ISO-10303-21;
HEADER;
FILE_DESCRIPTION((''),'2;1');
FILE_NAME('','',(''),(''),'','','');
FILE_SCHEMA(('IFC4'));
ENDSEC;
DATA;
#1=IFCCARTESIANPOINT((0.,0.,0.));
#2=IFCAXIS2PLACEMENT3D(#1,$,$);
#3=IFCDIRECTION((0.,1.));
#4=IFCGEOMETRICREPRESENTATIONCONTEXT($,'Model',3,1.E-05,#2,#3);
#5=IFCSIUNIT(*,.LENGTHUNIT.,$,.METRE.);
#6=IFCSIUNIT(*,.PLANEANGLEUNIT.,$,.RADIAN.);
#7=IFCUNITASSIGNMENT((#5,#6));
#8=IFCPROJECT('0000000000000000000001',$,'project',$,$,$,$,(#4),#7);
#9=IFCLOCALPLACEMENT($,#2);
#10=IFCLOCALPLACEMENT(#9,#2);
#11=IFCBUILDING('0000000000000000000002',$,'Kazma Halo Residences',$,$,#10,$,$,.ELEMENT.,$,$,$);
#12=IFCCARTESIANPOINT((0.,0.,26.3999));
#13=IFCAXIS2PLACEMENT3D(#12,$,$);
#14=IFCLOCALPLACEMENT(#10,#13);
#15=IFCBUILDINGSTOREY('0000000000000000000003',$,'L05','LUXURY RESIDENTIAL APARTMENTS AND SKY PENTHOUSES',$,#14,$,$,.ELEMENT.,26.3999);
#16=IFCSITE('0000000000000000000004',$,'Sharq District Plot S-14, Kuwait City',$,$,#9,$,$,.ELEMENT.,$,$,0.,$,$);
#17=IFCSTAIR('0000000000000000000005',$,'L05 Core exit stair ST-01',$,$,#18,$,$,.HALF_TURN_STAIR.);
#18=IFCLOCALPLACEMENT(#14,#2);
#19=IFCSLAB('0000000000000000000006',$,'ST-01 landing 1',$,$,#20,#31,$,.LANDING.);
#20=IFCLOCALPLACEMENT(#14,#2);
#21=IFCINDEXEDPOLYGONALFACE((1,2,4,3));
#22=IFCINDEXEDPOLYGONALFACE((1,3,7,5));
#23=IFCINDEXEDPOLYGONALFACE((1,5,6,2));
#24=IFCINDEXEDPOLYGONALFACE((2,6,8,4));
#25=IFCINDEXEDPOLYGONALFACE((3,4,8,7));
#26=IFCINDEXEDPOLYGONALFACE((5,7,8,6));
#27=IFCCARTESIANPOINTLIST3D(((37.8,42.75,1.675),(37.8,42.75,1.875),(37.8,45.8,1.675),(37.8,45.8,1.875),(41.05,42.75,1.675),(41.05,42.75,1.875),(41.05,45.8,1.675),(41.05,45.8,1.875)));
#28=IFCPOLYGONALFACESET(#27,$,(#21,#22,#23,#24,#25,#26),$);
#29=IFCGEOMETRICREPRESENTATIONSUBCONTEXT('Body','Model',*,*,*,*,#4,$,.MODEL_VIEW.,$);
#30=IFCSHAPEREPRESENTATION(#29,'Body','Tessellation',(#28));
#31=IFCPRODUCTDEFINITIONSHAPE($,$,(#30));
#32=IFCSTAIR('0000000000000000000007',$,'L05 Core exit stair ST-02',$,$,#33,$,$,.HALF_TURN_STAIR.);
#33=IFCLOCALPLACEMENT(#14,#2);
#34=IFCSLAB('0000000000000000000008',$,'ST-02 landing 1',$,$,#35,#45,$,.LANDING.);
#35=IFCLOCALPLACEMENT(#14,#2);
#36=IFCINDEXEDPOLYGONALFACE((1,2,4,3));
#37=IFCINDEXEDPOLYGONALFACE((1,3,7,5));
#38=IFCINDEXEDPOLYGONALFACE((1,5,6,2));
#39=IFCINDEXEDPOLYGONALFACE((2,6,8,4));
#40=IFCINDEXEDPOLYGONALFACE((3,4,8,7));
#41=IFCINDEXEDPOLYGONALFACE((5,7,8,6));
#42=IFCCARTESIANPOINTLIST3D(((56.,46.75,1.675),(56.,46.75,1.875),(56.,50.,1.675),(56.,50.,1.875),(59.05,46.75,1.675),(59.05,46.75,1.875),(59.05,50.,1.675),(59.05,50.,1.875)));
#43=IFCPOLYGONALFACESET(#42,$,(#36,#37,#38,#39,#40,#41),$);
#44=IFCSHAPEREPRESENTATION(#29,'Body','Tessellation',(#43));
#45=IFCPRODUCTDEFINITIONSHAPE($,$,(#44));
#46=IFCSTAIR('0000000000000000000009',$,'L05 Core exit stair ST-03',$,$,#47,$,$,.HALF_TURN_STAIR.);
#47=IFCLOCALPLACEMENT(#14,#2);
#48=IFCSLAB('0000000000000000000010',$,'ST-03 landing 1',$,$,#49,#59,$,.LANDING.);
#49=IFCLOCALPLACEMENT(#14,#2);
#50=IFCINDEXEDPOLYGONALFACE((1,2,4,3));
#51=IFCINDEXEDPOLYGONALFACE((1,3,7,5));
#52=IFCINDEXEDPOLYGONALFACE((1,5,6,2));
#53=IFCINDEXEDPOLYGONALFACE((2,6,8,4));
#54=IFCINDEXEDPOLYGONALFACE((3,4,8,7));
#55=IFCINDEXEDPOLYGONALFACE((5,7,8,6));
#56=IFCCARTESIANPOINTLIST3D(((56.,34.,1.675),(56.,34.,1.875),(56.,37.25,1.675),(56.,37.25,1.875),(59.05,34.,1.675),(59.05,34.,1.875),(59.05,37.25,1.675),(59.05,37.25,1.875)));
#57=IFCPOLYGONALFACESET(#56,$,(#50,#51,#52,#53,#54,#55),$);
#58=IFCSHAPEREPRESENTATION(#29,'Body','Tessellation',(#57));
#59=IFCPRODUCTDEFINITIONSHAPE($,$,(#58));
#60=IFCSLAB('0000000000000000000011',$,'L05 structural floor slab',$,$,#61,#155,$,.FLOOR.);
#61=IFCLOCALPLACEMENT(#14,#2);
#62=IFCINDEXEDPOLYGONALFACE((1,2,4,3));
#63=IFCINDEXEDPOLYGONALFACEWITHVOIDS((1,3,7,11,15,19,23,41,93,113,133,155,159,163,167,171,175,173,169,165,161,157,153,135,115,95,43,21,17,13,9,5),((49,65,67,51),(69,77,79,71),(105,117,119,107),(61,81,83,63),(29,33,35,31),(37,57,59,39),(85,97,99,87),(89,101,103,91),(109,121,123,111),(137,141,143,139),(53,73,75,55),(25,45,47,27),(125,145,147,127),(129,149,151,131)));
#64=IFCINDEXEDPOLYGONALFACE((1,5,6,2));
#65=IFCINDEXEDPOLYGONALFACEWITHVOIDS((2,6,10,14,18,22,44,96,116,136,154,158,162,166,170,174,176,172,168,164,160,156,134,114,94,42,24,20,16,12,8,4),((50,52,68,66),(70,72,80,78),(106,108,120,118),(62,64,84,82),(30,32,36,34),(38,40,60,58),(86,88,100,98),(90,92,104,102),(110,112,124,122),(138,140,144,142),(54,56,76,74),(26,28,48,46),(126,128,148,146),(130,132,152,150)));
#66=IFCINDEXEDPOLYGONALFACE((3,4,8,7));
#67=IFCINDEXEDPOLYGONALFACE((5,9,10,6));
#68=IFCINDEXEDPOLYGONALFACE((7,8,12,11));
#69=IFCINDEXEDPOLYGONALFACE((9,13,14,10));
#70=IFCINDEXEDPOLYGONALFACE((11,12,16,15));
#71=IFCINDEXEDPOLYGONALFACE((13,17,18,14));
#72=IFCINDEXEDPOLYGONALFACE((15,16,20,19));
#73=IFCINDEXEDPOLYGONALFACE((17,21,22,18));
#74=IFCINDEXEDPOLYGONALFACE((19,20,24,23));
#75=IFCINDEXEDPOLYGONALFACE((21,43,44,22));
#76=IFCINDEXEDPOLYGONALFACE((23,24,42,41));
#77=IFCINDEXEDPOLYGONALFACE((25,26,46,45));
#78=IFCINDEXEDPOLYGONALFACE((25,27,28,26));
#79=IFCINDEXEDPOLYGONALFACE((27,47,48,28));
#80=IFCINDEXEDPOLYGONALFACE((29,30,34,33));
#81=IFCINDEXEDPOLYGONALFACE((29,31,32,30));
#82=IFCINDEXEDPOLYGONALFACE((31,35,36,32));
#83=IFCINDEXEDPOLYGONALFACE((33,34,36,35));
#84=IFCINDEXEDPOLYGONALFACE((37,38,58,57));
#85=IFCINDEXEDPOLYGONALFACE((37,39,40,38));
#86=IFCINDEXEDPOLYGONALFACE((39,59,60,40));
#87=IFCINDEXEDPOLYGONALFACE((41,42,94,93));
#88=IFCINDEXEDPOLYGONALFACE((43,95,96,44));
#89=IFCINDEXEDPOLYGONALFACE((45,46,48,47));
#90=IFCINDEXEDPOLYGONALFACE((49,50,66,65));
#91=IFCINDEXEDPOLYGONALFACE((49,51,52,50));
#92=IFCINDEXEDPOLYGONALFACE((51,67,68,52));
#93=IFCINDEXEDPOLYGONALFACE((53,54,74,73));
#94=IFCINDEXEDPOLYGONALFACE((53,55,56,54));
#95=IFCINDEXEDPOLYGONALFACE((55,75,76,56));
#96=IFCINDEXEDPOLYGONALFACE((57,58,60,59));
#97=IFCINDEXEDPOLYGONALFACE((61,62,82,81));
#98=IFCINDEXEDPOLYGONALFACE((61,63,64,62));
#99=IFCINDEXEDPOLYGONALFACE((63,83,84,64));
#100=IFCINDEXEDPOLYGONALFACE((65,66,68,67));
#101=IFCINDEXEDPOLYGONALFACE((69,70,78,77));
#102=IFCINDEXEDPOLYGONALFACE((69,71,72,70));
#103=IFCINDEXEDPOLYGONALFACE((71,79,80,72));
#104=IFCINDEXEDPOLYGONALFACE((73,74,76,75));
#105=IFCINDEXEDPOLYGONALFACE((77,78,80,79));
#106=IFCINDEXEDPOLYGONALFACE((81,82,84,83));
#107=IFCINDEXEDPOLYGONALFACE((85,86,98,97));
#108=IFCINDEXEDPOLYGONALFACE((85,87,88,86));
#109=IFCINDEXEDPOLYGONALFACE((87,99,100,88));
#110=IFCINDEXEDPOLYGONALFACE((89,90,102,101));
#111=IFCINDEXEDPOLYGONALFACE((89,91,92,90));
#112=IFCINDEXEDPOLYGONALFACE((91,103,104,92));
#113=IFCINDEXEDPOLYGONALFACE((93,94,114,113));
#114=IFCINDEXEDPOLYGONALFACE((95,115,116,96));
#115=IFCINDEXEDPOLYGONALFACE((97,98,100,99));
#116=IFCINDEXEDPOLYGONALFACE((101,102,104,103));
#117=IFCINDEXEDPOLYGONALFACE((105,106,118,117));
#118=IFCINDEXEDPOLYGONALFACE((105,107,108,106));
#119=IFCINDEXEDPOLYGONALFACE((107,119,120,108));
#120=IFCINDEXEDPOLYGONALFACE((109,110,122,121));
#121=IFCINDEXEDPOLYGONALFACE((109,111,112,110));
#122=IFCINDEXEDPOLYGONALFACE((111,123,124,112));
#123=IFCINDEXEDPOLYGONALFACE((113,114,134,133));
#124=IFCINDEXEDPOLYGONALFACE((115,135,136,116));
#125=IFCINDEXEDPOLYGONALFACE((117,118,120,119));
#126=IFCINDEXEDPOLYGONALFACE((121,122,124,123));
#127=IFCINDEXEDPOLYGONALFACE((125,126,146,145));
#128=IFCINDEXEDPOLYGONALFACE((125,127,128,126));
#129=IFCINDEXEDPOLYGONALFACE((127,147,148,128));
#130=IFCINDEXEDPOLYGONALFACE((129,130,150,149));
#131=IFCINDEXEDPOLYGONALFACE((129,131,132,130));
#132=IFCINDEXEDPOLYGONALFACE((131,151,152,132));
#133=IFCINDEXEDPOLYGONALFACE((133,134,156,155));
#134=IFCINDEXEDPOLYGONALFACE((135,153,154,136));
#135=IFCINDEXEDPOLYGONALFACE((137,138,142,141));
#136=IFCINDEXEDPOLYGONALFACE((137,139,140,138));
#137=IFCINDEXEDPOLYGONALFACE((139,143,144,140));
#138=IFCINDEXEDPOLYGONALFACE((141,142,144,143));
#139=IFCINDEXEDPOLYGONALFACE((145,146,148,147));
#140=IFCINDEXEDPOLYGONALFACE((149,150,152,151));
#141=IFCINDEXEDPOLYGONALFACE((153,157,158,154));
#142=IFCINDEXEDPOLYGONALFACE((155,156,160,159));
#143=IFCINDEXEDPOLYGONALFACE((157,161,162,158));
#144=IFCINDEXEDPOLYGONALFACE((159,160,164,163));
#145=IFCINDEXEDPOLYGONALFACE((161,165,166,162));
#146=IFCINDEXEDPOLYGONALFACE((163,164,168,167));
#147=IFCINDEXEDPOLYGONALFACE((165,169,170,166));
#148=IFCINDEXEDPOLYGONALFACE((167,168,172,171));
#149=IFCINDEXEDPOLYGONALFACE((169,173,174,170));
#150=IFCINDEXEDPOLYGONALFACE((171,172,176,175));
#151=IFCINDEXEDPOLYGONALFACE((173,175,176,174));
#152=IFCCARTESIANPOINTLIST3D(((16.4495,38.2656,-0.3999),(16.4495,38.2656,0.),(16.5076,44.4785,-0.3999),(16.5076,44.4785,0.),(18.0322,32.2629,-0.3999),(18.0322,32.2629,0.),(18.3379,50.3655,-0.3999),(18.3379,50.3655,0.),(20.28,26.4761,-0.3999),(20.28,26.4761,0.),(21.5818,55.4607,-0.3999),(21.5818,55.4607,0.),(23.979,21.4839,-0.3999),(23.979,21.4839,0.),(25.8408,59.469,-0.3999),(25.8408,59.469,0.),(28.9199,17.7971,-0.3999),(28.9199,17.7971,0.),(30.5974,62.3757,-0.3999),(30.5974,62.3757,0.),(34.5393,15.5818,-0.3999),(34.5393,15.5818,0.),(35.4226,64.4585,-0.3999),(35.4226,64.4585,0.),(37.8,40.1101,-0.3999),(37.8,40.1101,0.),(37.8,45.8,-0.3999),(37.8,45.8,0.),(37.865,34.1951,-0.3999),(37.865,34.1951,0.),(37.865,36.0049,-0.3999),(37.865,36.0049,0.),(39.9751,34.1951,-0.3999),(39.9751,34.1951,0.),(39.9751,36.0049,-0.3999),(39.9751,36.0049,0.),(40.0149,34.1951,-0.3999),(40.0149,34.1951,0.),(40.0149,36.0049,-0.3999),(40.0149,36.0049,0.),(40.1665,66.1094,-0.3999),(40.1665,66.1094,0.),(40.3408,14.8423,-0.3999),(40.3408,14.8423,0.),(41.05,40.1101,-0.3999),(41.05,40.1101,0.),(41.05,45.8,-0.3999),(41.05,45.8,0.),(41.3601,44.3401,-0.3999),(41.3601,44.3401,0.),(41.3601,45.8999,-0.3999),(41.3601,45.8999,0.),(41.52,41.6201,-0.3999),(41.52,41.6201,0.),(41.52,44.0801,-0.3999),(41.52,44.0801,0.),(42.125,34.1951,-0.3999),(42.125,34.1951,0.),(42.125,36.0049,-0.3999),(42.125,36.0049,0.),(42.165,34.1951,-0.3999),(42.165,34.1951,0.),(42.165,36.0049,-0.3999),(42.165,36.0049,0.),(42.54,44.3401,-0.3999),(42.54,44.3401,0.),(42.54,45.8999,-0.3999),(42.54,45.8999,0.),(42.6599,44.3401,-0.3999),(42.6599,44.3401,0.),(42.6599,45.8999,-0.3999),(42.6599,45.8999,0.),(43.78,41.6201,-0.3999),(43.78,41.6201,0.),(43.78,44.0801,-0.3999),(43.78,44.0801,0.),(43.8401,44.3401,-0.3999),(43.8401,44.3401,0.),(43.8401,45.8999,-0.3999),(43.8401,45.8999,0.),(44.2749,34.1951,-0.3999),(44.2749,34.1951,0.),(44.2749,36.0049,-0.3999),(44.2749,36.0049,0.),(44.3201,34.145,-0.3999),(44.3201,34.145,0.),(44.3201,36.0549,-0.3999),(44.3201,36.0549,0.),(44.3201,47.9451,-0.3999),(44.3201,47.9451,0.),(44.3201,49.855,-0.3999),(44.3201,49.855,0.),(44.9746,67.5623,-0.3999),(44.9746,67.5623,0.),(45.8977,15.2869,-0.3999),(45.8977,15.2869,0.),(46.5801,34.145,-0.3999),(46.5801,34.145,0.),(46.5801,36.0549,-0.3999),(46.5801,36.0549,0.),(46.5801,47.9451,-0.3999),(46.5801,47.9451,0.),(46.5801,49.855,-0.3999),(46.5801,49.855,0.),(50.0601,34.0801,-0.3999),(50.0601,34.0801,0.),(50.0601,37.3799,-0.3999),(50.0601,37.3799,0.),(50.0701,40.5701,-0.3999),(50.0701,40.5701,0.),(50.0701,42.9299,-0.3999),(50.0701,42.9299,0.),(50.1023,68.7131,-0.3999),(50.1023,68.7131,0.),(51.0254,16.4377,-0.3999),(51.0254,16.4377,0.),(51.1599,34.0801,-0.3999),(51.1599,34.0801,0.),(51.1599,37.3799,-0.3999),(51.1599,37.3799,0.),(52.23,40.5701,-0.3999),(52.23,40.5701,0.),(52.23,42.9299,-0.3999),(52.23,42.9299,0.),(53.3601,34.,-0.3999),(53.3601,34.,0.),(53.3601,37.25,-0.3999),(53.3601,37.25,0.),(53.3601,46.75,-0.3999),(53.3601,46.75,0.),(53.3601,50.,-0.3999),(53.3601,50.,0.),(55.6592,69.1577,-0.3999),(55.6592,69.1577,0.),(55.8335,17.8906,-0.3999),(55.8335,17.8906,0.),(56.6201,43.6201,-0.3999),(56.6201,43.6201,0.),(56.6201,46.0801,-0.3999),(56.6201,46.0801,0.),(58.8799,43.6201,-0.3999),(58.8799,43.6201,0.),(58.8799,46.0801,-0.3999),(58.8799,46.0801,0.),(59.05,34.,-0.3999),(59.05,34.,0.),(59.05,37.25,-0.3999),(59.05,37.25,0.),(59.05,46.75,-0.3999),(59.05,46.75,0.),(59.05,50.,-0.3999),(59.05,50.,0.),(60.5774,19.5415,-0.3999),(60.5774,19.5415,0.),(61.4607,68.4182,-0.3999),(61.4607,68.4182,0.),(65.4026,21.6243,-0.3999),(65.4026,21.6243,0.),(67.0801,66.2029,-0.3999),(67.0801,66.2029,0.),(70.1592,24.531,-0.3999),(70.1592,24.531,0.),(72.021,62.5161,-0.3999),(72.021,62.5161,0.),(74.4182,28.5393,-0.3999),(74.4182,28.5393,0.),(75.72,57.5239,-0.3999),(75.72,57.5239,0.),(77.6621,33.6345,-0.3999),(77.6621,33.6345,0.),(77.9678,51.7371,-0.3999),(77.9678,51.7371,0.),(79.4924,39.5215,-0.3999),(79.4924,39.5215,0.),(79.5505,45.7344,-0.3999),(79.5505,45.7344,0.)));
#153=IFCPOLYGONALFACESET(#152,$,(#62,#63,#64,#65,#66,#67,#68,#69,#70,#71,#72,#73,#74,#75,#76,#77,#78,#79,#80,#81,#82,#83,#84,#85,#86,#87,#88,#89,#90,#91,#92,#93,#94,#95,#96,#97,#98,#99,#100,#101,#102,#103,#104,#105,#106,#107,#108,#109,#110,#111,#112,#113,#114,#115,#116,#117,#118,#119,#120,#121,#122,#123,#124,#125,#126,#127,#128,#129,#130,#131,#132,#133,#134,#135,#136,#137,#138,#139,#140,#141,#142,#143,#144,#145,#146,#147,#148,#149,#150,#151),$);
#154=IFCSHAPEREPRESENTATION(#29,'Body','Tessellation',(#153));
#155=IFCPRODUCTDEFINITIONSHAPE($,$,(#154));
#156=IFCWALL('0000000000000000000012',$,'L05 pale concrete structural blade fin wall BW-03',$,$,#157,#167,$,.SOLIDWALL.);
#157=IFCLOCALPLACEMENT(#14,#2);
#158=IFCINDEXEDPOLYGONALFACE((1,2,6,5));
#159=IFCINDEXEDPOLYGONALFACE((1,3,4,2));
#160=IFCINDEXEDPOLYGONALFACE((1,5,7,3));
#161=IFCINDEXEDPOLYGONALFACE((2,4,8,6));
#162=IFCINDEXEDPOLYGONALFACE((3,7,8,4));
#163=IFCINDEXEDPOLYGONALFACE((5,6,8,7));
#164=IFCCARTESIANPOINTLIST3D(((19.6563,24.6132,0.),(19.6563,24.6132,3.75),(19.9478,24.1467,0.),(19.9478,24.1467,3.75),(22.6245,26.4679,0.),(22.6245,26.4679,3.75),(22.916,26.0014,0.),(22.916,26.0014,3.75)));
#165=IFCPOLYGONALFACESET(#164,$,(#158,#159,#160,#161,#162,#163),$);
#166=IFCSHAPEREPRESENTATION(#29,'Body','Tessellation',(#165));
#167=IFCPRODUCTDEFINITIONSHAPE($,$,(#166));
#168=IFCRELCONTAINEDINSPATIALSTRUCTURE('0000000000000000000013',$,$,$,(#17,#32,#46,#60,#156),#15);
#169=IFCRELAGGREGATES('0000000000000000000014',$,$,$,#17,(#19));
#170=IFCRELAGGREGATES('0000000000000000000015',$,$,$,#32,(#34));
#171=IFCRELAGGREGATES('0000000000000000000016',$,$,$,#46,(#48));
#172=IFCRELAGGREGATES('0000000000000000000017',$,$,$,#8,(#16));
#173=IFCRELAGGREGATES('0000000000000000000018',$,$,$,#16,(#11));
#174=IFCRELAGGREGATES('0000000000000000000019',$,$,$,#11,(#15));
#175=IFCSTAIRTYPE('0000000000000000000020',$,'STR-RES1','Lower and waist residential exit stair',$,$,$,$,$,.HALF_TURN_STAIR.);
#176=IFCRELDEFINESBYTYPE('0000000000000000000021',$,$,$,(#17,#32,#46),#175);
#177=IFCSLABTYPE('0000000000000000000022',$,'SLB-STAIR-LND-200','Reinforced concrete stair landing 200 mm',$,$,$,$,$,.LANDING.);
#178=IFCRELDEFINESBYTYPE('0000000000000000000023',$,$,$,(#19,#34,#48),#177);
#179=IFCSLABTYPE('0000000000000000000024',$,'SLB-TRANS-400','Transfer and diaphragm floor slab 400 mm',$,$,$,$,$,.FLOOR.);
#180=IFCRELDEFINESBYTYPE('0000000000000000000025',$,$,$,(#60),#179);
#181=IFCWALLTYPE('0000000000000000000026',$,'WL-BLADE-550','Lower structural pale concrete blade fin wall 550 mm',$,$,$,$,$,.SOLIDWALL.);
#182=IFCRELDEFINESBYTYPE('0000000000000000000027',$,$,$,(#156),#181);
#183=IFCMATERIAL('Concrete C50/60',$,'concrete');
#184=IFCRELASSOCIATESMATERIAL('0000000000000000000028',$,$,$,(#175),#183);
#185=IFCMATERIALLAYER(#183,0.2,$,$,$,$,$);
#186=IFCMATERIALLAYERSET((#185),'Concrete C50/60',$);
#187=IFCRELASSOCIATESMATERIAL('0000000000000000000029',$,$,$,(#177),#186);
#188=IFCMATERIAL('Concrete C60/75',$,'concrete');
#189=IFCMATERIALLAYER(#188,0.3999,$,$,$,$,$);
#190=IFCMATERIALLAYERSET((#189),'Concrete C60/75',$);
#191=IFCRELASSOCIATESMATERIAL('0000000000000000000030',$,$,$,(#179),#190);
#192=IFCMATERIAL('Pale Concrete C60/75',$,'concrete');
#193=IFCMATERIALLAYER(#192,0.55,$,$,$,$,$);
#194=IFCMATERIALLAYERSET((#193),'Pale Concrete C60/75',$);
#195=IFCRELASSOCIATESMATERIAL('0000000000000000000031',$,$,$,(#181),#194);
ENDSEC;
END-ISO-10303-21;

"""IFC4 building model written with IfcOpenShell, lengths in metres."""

from ifc_helpers import new_model, si_unit, direction, frame, frame_2d, origin, place, context, subcontext, project, spatial, polyline, rectangle, outline, extrude, material, layer, layer_set, type_object, element, aggregate, save


model = new_model("IFC4")

# Units and contexts
model_context = context("Model", 3, precision=1e-05, world=origin(), true_north=direction((0.0, 1.0)))
body_context = subcontext(model_context, "Body", "Model", "MODEL_VIEW")
ifc_project = project(units=[si_unit("LENGTHUNIT", "METRE"), si_unit("PLANEANGLEUNIT", "RADIAN")], contexts=[model_context])

# Site, building, storey
site_placement = place(None, origin())
site = spatial("IfcSite", under=ifc_project, at=site_placement, Name="Sharq District Plot S-14, Kuwait City", CompositionType="ELEMENT", RefElevation=0.0)
building_placement = place(site_placement, origin())
building = spatial("IfcBuilding", under=site, at=building_placement, Name="Kazma Halo Residences", CompositionType="ELEMENT")
storey_placement = place(building_placement, frame((0.0, 0.0, 26.3999)))
storey = spatial("IfcBuildingStorey", under=building, at=storey_placement, Name="L05", Description="LUXURY RESIDENTIAL APARTMENTS AND SKY PENTHOUSES", CompositionType="ELEMENT", Elevation=26.3999)

# Shared definitions
ifc_material_1 = material(Name="Concrete C50/60", Category="concrete")

# Stairs, slabs
stair_type = type_object("IfcStairType", Name="STR-RES1", Description="Lower and waist residential exit stair", PredefinedType="HALF_TURN_STAIR", material=ifc_material_1)
stair_1_placement = place(storey_placement, origin())
stair_1 = element("IfcStair", 1, at=stair_1_placement, inside=storey, type_object=stair_type, Name="L05 Core exit stair ST-01", PredefinedType="HALF_TURN_STAIR")
ifc_layer_1 = layer(ifc_material_1, 0.2)
ifc_layer_set_1 = layer_set([ifc_layer_1], Name="Concrete C50/60")
slab_type_1 = type_object("IfcSlabType", Name="SLB-STAIR-LND-200", Description="Reinforced concrete stair landing 200 mm", PredefinedType="LANDING", material=ifc_layer_set_1)
slab_1_placement = place(storey_placement, frame((0.0, 0.0, 1.675)))
slab_1 = element("IfcSlab", 2, at=slab_1_placement, type_object=slab_type_1, Name="ST-01 landing 1", PredefinedType="LANDING", context=body_context, shape_type="SweptSolid", body=[
    extrude(outline(polyline([(41.05, 42.75), (41.05, 45.8), (37.8, 45.8), (37.8, 42.75), (41.05, 42.75)])), origin(), (0.0, 0.0, 1.0), 0.2),
])
aggregate(stair_1, [slab_1])
stair_2_placement = place(storey_placement, origin())
stair_2 = element("IfcStair", 3, at=stair_2_placement, inside=storey, type_object=stair_type, Name="L05 Core exit stair ST-02", PredefinedType="HALF_TURN_STAIR")
slab_2_placement = place(storey_placement, frame((0.0, 0.0, 1.675)))
slab_2 = element("IfcSlab", 4, at=slab_2_placement, type_object=slab_type_1, Name="ST-02 landing 1", PredefinedType="LANDING", context=body_context, shape_type="SweptSolid", body=[
    extrude(outline(polyline([(56.0, 46.75), (59.05, 46.75), (59.05, 50.0), (56.0, 50.0), (56.0, 46.75)])), origin(), (0.0, 0.0, 1.0), 0.2),
])
aggregate(stair_2, [slab_2])
stair_3_placement = place(storey_placement, origin())
stair_3 = element("IfcStair", 5, at=stair_3_placement, inside=storey, type_object=stair_type, Name="L05 Core exit stair ST-03", PredefinedType="HALF_TURN_STAIR")
slab_3_placement = place(storey_placement, frame((0.0, 0.0, 1.675)))
slab_3 = element("IfcSlab", 6, at=slab_3_placement, type_object=slab_type_1, Name="ST-03 landing 1", PredefinedType="LANDING", context=body_context, shape_type="SweptSolid", body=[
    extrude(outline(polyline([(56.0, 34.0), (59.05, 34.0), (59.05, 37.25), (56.0, 37.25), (56.0, 34.0)])), origin(), (0.0, 0.0, 1.0), 0.2),
])
aggregate(stair_3, [slab_3])

# Slab
ifc_material_2 = material(Name="Concrete C60/75", Category="concrete")
ifc_layer_2 = layer(ifc_material_2, 0.3999)
ifc_layer_set_2 = layer_set([ifc_layer_2], Name="Concrete C60/75")
slab_type_2 = type_object("IfcSlabType", Name="SLB-TRANS-400", Description="Transfer and diaphragm floor slab 400 mm", PredefinedType="FLOOR", material=ifc_layer_set_2)
slab_4_placement = place(storey_placement, frame((0.0, 0.0, -0.3999)))
element("IfcSlab", 7, at=slab_4_placement, inside=storey, type_object=slab_type_2, Name="L05 structural floor slab", PredefinedType="FLOOR", context=body_context, shape_type="SweptSolid", body=[
    extrude(outline(polyline([(77.9678, 51.7371), (75.72, 57.5239), (72.021, 62.5161), (67.0801, 66.2029), (61.4607, 68.4182), (55.6592, 69.1577), (50.1023, 68.7131), (44.9746, 67.5623), (40.1665, 66.1094), (35.4226, 64.4585), (30.5974, 62.3757), (25.8408, 59.469), (21.5818, 55.4607), (18.3379, 50.3655), (16.5076, 44.4785), (16.4495, 38.2656), (18.0322, 32.2629), (20.28, 26.4761), (23.979, 21.4839), (28.9199, 17.7971), (34.5393, 15.5818), (40.3408, 14.8423), (45.8977, 15.2869), (51.0254, 16.4377), (55.8335, 17.8906), (60.5774, 19.5415), (65.4026, 21.6243), (70.1592, 24.531), (74.4182, 28.5393), (77.6621, 33.6345), (79.4924, 39.5215), (79.5505, 45.7344), (77.9678, 51.7371)]), holes=[polyline([(37.8, 40.1101), (41.05, 40.1101), (41.05, 45.8), (37.8, 45.8), (37.8, 40.1101)]), polyline([(53.3601, 46.75), (59.05, 46.75), (59.05, 50.0), (53.3601, 50.0), (53.3601, 46.75)]), polyline([(53.3601, 34.0), (59.05, 34.0), (59.05, 37.25), (53.3601, 37.25), (53.3601, 34.0)]), polyline([(41.52, 41.6201), (43.78, 41.6201), (43.78, 44.0801), (41.52, 44.0801), (41.52, 41.6201)]), polyline([(56.6201, 43.6201), (58.8799, 43.6201), (58.8799, 46.0801), (56.6201, 46.0801), (56.6201, 43.6201)]), polyline([(37.865, 34.1951), (39.9751, 34.1951), (39.9751, 36.0049), (37.865, 36.0049), (37.865, 34.1951)]), polyline([(40.0149, 34.1951), (42.125, 34.1951), (42.125, 36.0049), (40.0149, 36.0049), (40.0149, 34.1951)]), polyline([(42.165, 34.1951), (44.2749, 34.1951), (44.2749, 36.0049), (42.165, 36.0049), (42.165, 34.1951)]), polyline([(44.3201, 47.9451), (46.5801, 47.9451), (46.5801, 49.855), (44.3201, 49.855), (44.3201, 47.9451)]), polyline([(44.3201, 34.145), (46.5801, 34.145), (46.5801, 36.0549), (44.3201, 36.0549), (44.3201, 34.145)]), polyline([(50.0701, 40.5701), (52.23, 40.5701), (52.23, 42.9299), (50.0701, 42.9299), (50.0701, 40.5701)]), polyline([(41.3601, 44.3401), (42.54, 44.3401), (42.54, 45.8999), (41.3601, 45.8999), (41.3601, 44.3401)]), polyline([(42.6599, 44.3401), (43.8401, 44.3401), (43.8401, 45.8999), (42.6599, 45.8999), (42.6599, 44.3401)]), polyline([(50.0601, 34.0801), (51.1599, 34.0801), (51.1599, 37.3799), (50.0601, 37.3799), (50.0601, 34.0801)])]), origin(), (0.0, 0.0, 1.0), 0.3999),
])

# Wall
ifc_material_3 = material(Name="Pale Concrete C60/75", Category="concrete")
ifc_layer_3 = layer(ifc_material_3, 0.55)
ifc_layer_set_3 = layer_set([ifc_layer_3], Name="Pale Concrete C60/75")
wall_type = type_object("IfcWallType", Name="WL-BLADE-550", Description="Lower structural pale concrete blade fin wall 550 mm", PredefinedType="SOLIDWALL", material=ifc_layer_set_3)
wall_placement = place(storey_placement, frame((22.7703, 26.2346, 0.0), z_axis=(0.0, 0.0, 1.0), x_axis=(-0.848053, -0.529911, 0.0)))
element("IfcWall", 8, at=wall_placement, inside=storey, type_object=wall_type, Name="L05 pale concrete structural blade fin wall BW-03", PredefinedType="SOLIDWALL", context=body_context, shape_type="SweptSolid", body=[
    extrude(rectangle(XDim=3.5, YDim=0.55, at=frame_2d((1.75, 0.0))), origin(), (0.0, 0.0, 1.0), 3.75),
])

save(model, "model.ifc")
